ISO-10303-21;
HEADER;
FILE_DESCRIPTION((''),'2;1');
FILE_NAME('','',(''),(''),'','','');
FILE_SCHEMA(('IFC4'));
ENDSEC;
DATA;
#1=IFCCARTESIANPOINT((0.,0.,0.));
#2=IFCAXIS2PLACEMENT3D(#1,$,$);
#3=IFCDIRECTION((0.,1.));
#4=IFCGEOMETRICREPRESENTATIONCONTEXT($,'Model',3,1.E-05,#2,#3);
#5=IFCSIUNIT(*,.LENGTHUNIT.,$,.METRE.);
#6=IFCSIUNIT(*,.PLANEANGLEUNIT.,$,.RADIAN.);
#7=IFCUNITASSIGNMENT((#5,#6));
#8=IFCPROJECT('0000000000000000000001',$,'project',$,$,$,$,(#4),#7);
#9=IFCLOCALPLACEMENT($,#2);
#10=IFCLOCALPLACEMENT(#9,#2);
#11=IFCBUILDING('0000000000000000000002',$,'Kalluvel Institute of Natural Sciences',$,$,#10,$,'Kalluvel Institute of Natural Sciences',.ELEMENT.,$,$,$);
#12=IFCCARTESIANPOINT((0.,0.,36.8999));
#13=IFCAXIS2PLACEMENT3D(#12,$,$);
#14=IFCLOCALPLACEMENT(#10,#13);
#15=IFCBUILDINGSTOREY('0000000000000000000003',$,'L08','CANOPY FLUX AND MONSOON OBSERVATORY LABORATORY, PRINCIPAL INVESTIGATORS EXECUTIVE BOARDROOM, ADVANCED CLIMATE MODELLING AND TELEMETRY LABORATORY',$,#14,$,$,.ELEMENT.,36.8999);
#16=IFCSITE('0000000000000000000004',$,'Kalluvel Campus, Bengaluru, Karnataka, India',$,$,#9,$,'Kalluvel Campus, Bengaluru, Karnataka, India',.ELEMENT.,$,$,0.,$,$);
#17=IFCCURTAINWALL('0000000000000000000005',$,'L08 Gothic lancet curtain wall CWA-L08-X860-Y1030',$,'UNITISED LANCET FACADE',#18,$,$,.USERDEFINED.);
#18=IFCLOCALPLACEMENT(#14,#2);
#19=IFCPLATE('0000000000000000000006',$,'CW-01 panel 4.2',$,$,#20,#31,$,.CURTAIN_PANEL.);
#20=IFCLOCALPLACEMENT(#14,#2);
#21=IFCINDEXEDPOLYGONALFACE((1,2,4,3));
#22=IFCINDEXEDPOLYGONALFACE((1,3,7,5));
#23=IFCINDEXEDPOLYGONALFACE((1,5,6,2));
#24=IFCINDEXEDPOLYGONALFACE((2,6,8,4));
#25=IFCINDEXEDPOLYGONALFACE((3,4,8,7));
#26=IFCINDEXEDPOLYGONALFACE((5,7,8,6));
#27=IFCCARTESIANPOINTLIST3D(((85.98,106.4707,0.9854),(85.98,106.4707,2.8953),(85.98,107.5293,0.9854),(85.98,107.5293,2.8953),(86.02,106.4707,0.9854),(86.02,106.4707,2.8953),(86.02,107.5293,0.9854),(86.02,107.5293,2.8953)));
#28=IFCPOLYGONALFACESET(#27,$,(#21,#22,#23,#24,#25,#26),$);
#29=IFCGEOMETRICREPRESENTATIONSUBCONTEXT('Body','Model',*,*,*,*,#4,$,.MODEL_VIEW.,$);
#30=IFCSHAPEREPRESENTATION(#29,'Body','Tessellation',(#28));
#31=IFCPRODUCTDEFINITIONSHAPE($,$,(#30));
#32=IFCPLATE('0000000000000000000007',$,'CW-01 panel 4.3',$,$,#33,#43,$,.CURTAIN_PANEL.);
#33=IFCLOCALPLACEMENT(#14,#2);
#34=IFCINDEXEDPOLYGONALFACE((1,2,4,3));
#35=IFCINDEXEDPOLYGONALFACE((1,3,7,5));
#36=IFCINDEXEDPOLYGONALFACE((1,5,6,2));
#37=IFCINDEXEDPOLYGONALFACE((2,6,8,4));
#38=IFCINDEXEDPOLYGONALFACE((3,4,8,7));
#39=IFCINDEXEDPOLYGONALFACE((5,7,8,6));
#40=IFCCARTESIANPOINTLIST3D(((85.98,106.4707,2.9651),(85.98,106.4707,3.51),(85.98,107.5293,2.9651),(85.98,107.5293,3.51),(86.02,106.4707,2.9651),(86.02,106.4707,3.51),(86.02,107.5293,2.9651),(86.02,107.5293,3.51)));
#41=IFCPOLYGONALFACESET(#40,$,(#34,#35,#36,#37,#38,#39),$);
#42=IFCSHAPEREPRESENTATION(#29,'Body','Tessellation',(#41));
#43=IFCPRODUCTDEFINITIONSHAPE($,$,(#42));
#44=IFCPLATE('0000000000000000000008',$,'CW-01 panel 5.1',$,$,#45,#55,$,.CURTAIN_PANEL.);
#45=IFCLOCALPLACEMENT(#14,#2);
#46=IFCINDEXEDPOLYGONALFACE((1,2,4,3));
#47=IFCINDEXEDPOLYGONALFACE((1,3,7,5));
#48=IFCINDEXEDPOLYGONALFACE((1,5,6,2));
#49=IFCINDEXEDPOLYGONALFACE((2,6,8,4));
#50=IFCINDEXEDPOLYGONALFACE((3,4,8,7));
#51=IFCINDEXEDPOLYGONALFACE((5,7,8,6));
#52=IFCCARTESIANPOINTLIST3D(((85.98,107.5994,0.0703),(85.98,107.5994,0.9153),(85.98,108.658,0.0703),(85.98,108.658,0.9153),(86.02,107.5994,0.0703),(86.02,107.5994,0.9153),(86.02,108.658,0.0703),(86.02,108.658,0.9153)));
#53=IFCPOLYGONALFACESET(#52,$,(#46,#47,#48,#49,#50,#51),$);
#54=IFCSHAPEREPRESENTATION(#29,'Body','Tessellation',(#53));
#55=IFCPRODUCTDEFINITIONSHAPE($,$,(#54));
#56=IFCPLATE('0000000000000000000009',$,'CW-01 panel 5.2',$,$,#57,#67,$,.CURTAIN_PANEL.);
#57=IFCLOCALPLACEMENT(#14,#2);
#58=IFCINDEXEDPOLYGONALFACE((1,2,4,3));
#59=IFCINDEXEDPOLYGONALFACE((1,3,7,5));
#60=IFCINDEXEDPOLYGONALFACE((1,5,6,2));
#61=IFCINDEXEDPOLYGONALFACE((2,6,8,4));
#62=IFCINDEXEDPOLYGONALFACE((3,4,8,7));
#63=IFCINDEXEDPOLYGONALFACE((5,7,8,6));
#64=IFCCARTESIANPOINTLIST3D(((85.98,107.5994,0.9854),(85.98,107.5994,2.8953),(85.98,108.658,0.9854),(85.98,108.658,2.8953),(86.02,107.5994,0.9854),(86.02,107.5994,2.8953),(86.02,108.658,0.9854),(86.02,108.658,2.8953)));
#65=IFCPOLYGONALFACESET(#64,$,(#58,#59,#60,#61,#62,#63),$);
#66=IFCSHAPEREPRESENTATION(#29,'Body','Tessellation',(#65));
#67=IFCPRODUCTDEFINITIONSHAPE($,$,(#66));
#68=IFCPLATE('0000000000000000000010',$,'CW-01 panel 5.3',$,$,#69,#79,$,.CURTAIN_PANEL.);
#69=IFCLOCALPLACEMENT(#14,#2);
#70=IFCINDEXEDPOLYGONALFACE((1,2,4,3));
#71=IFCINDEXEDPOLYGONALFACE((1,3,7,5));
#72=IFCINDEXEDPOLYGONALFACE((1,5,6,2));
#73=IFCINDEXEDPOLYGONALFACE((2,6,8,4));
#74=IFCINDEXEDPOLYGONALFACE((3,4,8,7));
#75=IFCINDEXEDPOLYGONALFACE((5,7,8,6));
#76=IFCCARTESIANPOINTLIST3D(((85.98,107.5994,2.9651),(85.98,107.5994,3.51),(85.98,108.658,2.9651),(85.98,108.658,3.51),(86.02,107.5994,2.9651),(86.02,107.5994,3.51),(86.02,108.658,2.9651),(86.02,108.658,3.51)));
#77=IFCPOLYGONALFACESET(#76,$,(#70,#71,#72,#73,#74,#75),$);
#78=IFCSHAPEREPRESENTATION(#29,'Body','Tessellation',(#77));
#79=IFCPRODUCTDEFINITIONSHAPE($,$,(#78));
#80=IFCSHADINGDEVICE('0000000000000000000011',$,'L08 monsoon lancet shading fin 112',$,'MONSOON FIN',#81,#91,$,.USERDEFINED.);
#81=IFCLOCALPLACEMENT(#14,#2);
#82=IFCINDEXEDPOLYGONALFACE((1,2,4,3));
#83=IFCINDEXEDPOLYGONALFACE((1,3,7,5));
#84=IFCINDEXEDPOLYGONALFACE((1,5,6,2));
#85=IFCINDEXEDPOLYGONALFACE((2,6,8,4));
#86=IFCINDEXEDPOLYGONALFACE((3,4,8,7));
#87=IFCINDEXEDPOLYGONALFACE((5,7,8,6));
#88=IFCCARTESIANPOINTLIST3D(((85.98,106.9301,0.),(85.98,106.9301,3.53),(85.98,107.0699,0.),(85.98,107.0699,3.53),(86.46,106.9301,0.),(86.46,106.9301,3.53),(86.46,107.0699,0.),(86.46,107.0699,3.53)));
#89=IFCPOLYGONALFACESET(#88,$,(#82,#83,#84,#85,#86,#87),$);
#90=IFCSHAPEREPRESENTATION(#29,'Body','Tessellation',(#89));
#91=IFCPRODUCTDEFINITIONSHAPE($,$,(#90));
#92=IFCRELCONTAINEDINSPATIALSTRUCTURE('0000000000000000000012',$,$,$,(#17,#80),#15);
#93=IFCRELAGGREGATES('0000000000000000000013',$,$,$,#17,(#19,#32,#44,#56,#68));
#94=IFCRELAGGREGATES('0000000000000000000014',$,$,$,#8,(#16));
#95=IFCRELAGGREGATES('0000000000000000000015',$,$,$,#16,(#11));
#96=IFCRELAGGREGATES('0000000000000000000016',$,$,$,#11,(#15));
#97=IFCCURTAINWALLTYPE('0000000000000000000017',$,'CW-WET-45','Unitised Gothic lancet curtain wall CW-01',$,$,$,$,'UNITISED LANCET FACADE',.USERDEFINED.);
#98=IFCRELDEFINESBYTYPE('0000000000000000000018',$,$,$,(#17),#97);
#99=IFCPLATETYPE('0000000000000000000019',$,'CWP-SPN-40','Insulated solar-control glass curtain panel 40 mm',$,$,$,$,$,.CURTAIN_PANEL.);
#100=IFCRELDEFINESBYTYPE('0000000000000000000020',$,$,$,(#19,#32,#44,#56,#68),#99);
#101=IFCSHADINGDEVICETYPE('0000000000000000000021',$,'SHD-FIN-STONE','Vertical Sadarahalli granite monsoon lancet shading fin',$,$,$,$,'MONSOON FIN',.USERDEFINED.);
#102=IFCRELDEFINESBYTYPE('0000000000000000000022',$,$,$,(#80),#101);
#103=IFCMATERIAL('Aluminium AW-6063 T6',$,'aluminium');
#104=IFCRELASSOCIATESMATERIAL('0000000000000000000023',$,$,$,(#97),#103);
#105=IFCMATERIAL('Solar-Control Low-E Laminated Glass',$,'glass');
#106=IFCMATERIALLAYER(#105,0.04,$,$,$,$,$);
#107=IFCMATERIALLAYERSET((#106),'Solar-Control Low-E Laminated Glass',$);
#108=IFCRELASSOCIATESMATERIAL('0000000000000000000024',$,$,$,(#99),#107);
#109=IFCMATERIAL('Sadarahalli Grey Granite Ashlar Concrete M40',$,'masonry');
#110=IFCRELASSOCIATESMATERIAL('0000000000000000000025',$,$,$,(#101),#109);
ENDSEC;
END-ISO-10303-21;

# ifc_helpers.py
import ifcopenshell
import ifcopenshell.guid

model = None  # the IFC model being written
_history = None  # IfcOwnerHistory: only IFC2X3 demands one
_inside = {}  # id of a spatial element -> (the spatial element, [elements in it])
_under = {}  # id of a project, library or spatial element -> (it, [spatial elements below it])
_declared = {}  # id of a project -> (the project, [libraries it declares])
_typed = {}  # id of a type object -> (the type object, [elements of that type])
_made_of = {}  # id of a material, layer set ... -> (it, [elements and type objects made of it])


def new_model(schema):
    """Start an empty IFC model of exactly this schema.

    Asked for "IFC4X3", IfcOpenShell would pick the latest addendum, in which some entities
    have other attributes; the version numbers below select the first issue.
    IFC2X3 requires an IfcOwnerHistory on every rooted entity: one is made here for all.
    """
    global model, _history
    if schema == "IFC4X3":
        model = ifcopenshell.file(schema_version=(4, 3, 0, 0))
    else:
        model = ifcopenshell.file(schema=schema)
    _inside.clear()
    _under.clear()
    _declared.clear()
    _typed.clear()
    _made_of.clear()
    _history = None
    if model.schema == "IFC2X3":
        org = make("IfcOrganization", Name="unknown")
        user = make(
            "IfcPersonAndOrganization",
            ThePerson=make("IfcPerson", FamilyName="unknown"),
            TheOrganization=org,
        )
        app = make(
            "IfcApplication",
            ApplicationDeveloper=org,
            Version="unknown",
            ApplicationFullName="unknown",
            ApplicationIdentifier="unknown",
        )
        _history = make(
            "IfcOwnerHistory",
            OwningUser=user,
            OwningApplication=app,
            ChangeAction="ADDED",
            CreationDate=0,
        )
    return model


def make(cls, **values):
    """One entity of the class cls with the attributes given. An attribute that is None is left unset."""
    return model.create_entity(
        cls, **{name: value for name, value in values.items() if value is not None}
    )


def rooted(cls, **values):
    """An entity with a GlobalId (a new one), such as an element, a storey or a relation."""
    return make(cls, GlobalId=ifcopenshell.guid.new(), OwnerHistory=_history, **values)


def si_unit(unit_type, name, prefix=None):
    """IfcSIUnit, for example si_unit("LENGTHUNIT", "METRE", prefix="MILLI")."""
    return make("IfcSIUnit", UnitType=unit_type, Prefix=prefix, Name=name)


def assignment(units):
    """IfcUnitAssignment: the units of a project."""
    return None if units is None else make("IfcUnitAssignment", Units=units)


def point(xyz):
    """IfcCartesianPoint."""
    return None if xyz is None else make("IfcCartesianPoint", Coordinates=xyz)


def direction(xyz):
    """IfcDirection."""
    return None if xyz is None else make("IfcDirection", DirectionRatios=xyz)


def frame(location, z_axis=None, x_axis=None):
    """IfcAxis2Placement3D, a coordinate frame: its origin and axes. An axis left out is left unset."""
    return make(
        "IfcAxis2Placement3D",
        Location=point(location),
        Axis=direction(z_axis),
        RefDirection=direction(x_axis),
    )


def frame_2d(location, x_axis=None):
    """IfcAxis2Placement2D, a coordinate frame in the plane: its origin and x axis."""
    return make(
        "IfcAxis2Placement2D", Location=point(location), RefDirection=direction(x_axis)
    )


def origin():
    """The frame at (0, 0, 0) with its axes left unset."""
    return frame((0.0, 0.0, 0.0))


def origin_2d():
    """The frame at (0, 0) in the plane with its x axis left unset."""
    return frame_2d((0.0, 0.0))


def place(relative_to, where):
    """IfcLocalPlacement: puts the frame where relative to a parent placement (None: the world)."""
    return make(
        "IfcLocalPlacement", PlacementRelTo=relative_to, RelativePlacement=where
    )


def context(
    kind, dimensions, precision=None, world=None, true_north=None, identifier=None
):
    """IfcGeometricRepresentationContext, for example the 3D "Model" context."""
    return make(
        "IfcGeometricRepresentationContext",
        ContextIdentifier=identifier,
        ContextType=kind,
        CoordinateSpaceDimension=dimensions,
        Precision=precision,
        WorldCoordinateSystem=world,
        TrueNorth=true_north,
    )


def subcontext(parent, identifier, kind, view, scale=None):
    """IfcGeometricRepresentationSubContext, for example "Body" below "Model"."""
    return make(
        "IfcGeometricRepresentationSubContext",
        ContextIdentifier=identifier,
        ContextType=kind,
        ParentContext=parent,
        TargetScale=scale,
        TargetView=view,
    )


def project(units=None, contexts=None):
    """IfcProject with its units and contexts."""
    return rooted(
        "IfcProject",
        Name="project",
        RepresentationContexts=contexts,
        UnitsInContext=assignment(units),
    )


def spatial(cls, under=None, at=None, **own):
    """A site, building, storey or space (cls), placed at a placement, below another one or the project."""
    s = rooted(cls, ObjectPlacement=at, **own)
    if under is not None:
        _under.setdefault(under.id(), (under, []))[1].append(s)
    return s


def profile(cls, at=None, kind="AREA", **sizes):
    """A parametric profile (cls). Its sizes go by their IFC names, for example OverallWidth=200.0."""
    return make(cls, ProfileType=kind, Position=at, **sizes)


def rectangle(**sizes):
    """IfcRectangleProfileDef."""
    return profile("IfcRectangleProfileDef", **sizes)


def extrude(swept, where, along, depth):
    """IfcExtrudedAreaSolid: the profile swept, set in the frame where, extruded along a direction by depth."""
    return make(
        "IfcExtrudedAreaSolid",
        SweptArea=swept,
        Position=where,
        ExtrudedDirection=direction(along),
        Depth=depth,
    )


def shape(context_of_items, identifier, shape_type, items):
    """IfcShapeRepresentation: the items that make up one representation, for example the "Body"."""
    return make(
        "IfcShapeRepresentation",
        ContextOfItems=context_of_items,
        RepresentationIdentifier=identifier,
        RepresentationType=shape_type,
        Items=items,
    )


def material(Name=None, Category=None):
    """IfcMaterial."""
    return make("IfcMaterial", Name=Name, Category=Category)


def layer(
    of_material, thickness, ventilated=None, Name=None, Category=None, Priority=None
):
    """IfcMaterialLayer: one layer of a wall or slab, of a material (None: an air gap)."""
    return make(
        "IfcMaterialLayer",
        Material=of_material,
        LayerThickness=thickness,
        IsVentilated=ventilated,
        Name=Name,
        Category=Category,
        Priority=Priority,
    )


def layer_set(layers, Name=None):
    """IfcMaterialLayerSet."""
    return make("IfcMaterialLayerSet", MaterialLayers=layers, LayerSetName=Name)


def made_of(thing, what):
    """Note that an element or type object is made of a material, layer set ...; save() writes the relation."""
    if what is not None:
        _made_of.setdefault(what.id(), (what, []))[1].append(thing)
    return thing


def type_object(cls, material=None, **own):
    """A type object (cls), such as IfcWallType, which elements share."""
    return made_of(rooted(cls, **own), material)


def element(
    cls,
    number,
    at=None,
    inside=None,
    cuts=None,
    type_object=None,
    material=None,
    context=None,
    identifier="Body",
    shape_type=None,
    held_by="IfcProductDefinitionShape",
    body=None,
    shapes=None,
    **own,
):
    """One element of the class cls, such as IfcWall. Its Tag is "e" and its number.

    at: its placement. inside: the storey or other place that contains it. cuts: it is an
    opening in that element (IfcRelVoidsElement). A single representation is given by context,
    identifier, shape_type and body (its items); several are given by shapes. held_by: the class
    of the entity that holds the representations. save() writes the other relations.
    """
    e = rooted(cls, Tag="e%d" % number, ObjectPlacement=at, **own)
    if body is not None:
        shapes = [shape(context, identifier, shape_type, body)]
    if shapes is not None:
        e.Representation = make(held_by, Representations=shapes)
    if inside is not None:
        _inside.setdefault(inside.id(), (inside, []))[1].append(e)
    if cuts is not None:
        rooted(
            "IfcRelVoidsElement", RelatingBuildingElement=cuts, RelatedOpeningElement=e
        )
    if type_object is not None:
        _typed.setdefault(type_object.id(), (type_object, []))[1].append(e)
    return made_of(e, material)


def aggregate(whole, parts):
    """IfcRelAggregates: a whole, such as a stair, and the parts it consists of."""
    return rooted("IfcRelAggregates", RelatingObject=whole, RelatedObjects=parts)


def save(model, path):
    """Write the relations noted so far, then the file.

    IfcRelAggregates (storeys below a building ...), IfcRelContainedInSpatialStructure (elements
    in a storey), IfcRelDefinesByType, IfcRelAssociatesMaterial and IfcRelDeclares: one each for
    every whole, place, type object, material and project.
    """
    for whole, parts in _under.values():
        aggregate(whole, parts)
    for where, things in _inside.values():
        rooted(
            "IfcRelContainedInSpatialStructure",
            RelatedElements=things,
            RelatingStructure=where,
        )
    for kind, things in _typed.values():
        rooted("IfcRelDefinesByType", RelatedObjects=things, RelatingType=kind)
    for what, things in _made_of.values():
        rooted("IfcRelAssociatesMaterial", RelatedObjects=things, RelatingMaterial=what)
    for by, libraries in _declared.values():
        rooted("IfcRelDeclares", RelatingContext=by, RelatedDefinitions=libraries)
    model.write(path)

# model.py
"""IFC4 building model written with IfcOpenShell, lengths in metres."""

from ifc_helpers import new_model, si_unit, direction, frame, origin, origin_2d, place, context, subcontext, project, spatial, rectangle, extrude, material, layer, layer_set, type_object, element, aggregate, save


model = new_model("IFC4")

# Units and contexts
model_context = context("Model", 3, precision=1e-05, world=origin(), true_north=direction((0.0, 1.0)))
body_context = subcontext(model_context, "Body", "Model", "MODEL_VIEW")
ifc_project = project(units=[si_unit("LENGTHUNIT", "METRE"), si_unit("PLANEANGLEUNIT", "RADIAN")], contexts=[model_context])

# Site, building, storey
site_placement = place(None, origin())
site = spatial("IfcSite", under=ifc_project, at=site_placement, Name="Kalluvel Campus, Bengaluru, Karnataka, India", LongName="Kalluvel Campus, Bengaluru, Karnataka, India", CompositionType="ELEMENT", RefElevation=0.0)
building_placement = place(site_placement, origin())
building = spatial("IfcBuilding", under=site, at=building_placement, Name="Kalluvel Institute of Natural Sciences", LongName="Kalluvel Institute of Natural Sciences", CompositionType="ELEMENT")
storey_placement = place(building_placement, frame((0.0, 0.0, 36.8999)))
storey = spatial("IfcBuildingStorey", under=building, at=storey_placement, Name="L08", Description="CANOPY FLUX AND MONSOON OBSERVATORY LABORATORY, PRINCIPAL INVESTIGATORS EXECUTIVE BOARDROOM, ADVANCED CLIMATE MODELLING AND TELEMETRY LABORATORY", CompositionType="ELEMENT", Elevation=36.8999)

# Curtain wall, plates
ifc_material_1 = material(Name="Aluminium AW-6063 T6", Category="aluminium")
curtain_wall_type = type_object("IfcCurtainWallType", Name="CW-WET-45", Description="Unitised Gothic lancet curtain wall CW-01", ElementType="UNITISED LANCET FACADE", PredefinedType="USERDEFINED", material=ifc_material_1)
curtain_wall_placement = place(storey_placement, origin())
curtain_wall = element("IfcCurtainWall", 1, at=curtain_wall_placement, inside=storey, type_object=curtain_wall_type, Name="L08 Gothic lancet curtain wall CWA-L08-X860-Y1030", ObjectType="UNITISED LANCET FACADE", PredefinedType="USERDEFINED")
ifc_material_2 = material(Name="Solar-Control Low-E Laminated Glass", Category="glass")
ifc_layer = layer(ifc_material_2, 0.04)
ifc_layer_set = layer_set([ifc_layer], Name="Solar-Control Low-E Laminated Glass")
plate_type = type_object("IfcPlateType", Name="CWP-SPN-40", Description="Insulated solar-control glass curtain panel 40 mm", PredefinedType="CURTAIN_PANEL", material=ifc_layer_set)
plate_1_placement = place(storey_placement, frame((86.0, 107.0, 0.9854), z_axis=(0.0, 0.0, 1.0), x_axis=(0.0, 1.0, 0.0)))
plate_1 = element("IfcPlate", 2, at=plate_1_placement, type_object=plate_type, Name="CW-01 panel 4.2", PredefinedType="CURTAIN_PANEL", context=body_context, shape_type="SweptSolid", body=[
    extrude(rectangle(XDim=1.0586, YDim=0.04, at=origin_2d()), origin(), (0.0, 0.0, 1.0), 1.9099),
])
plate_2_placement = place(storey_placement, frame((86.0, 107.0, 2.9651), z_axis=(0.0, 0.0, 1.0), x_axis=(0.0, 1.0, 0.0)))
plate_2 = element("IfcPlate", 3, at=plate_2_placement, type_object=plate_type, Name="CW-01 panel 4.3", PredefinedType="CURTAIN_PANEL", context=body_context, shape_type="SweptSolid", body=[
    extrude(rectangle(XDim=1.0586, YDim=0.04, at=origin_2d()), origin(), (0.0, 0.0, 1.0), 0.5449),
])
plate_3_placement = place(storey_placement, frame((86.0, 108.1287, 0.0703), z_axis=(0.0, 0.0, 1.0), x_axis=(0.0, 1.0, 0.0)))
plate_3 = element("IfcPlate", 4, at=plate_3_placement, type_object=plate_type, Name="CW-01 panel 5.1", PredefinedType="CURTAIN_PANEL", context=body_context, shape_type="SweptSolid", body=[
    extrude(rectangle(XDim=1.0586, YDim=0.04, at=origin_2d()), origin(), (0.0, 0.0, 1.0), 0.845),
])
plate_4_placement = place(storey_placement, frame((86.0, 108.1287, 0.9854), z_axis=(0.0, 0.0, 1.0), x_axis=(0.0, 1.0, 0.0)))
plate_4 = element("IfcPlate", 5, at=plate_4_placement, type_object=plate_type, Name="CW-01 panel 5.2", PredefinedType="CURTAIN_PANEL", context=body_context, shape_type="SweptSolid", body=[
    extrude(rectangle(XDim=1.0586, YDim=0.04, at=origin_2d()), origin(), (0.0, 0.0, 1.0), 1.9099),
])
plate_5_placement = place(storey_placement, frame((86.0, 108.1287, 2.9651), z_axis=(0.0, 0.0, 1.0), x_axis=(0.0, 1.0, 0.0)))
plate_5 = element("IfcPlate", 6, at=plate_5_placement, type_object=plate_type, Name="CW-01 panel 5.3", PredefinedType="CURTAIN_PANEL", context=body_context, shape_type="SweptSolid", body=[
    extrude(rectangle(XDim=1.0586, YDim=0.04, at=origin_2d()), origin(), (0.0, 0.0, 1.0), 0.5449),
])
aggregate(curtain_wall, [plate_1, plate_2, plate_3, plate_4, plate_5])

# Shading device
ifc_material_3 = material(Name="Sadarahalli Grey Granite Ashlar Concrete M40", Category="masonry")
shading_device_type = type_object("IfcShadingDeviceType", Name="SHD-FIN-STONE", Description="Vertical Sadarahalli granite monsoon lancet shading fin", ElementType="MONSOON FIN", PredefinedType="USERDEFINED", material=ifc_material_3)
shading_device_placement = place(storey_placement, frame((86.22, 107.0, 0.0), z_axis=(0.0, 0.0, 1.0), x_axis=(0.0, 1.0, 0.0)))
element("IfcShadingDevice", 7, at=shading_device_placement, inside=storey, type_object=shading_device_type, Name="L08 monsoon lancet shading fin 112", ObjectType="MONSOON FIN", PredefinedType="USERDEFINED", context=body_context, shape_type="SweptSolid", body=[
    extrude(rectangle(XDim=0.1399, YDim=0.48, at=origin_2d()), origin(), (0.0, 0.0, 1.0), 3.53),
])

save(model, "model.ifc")
